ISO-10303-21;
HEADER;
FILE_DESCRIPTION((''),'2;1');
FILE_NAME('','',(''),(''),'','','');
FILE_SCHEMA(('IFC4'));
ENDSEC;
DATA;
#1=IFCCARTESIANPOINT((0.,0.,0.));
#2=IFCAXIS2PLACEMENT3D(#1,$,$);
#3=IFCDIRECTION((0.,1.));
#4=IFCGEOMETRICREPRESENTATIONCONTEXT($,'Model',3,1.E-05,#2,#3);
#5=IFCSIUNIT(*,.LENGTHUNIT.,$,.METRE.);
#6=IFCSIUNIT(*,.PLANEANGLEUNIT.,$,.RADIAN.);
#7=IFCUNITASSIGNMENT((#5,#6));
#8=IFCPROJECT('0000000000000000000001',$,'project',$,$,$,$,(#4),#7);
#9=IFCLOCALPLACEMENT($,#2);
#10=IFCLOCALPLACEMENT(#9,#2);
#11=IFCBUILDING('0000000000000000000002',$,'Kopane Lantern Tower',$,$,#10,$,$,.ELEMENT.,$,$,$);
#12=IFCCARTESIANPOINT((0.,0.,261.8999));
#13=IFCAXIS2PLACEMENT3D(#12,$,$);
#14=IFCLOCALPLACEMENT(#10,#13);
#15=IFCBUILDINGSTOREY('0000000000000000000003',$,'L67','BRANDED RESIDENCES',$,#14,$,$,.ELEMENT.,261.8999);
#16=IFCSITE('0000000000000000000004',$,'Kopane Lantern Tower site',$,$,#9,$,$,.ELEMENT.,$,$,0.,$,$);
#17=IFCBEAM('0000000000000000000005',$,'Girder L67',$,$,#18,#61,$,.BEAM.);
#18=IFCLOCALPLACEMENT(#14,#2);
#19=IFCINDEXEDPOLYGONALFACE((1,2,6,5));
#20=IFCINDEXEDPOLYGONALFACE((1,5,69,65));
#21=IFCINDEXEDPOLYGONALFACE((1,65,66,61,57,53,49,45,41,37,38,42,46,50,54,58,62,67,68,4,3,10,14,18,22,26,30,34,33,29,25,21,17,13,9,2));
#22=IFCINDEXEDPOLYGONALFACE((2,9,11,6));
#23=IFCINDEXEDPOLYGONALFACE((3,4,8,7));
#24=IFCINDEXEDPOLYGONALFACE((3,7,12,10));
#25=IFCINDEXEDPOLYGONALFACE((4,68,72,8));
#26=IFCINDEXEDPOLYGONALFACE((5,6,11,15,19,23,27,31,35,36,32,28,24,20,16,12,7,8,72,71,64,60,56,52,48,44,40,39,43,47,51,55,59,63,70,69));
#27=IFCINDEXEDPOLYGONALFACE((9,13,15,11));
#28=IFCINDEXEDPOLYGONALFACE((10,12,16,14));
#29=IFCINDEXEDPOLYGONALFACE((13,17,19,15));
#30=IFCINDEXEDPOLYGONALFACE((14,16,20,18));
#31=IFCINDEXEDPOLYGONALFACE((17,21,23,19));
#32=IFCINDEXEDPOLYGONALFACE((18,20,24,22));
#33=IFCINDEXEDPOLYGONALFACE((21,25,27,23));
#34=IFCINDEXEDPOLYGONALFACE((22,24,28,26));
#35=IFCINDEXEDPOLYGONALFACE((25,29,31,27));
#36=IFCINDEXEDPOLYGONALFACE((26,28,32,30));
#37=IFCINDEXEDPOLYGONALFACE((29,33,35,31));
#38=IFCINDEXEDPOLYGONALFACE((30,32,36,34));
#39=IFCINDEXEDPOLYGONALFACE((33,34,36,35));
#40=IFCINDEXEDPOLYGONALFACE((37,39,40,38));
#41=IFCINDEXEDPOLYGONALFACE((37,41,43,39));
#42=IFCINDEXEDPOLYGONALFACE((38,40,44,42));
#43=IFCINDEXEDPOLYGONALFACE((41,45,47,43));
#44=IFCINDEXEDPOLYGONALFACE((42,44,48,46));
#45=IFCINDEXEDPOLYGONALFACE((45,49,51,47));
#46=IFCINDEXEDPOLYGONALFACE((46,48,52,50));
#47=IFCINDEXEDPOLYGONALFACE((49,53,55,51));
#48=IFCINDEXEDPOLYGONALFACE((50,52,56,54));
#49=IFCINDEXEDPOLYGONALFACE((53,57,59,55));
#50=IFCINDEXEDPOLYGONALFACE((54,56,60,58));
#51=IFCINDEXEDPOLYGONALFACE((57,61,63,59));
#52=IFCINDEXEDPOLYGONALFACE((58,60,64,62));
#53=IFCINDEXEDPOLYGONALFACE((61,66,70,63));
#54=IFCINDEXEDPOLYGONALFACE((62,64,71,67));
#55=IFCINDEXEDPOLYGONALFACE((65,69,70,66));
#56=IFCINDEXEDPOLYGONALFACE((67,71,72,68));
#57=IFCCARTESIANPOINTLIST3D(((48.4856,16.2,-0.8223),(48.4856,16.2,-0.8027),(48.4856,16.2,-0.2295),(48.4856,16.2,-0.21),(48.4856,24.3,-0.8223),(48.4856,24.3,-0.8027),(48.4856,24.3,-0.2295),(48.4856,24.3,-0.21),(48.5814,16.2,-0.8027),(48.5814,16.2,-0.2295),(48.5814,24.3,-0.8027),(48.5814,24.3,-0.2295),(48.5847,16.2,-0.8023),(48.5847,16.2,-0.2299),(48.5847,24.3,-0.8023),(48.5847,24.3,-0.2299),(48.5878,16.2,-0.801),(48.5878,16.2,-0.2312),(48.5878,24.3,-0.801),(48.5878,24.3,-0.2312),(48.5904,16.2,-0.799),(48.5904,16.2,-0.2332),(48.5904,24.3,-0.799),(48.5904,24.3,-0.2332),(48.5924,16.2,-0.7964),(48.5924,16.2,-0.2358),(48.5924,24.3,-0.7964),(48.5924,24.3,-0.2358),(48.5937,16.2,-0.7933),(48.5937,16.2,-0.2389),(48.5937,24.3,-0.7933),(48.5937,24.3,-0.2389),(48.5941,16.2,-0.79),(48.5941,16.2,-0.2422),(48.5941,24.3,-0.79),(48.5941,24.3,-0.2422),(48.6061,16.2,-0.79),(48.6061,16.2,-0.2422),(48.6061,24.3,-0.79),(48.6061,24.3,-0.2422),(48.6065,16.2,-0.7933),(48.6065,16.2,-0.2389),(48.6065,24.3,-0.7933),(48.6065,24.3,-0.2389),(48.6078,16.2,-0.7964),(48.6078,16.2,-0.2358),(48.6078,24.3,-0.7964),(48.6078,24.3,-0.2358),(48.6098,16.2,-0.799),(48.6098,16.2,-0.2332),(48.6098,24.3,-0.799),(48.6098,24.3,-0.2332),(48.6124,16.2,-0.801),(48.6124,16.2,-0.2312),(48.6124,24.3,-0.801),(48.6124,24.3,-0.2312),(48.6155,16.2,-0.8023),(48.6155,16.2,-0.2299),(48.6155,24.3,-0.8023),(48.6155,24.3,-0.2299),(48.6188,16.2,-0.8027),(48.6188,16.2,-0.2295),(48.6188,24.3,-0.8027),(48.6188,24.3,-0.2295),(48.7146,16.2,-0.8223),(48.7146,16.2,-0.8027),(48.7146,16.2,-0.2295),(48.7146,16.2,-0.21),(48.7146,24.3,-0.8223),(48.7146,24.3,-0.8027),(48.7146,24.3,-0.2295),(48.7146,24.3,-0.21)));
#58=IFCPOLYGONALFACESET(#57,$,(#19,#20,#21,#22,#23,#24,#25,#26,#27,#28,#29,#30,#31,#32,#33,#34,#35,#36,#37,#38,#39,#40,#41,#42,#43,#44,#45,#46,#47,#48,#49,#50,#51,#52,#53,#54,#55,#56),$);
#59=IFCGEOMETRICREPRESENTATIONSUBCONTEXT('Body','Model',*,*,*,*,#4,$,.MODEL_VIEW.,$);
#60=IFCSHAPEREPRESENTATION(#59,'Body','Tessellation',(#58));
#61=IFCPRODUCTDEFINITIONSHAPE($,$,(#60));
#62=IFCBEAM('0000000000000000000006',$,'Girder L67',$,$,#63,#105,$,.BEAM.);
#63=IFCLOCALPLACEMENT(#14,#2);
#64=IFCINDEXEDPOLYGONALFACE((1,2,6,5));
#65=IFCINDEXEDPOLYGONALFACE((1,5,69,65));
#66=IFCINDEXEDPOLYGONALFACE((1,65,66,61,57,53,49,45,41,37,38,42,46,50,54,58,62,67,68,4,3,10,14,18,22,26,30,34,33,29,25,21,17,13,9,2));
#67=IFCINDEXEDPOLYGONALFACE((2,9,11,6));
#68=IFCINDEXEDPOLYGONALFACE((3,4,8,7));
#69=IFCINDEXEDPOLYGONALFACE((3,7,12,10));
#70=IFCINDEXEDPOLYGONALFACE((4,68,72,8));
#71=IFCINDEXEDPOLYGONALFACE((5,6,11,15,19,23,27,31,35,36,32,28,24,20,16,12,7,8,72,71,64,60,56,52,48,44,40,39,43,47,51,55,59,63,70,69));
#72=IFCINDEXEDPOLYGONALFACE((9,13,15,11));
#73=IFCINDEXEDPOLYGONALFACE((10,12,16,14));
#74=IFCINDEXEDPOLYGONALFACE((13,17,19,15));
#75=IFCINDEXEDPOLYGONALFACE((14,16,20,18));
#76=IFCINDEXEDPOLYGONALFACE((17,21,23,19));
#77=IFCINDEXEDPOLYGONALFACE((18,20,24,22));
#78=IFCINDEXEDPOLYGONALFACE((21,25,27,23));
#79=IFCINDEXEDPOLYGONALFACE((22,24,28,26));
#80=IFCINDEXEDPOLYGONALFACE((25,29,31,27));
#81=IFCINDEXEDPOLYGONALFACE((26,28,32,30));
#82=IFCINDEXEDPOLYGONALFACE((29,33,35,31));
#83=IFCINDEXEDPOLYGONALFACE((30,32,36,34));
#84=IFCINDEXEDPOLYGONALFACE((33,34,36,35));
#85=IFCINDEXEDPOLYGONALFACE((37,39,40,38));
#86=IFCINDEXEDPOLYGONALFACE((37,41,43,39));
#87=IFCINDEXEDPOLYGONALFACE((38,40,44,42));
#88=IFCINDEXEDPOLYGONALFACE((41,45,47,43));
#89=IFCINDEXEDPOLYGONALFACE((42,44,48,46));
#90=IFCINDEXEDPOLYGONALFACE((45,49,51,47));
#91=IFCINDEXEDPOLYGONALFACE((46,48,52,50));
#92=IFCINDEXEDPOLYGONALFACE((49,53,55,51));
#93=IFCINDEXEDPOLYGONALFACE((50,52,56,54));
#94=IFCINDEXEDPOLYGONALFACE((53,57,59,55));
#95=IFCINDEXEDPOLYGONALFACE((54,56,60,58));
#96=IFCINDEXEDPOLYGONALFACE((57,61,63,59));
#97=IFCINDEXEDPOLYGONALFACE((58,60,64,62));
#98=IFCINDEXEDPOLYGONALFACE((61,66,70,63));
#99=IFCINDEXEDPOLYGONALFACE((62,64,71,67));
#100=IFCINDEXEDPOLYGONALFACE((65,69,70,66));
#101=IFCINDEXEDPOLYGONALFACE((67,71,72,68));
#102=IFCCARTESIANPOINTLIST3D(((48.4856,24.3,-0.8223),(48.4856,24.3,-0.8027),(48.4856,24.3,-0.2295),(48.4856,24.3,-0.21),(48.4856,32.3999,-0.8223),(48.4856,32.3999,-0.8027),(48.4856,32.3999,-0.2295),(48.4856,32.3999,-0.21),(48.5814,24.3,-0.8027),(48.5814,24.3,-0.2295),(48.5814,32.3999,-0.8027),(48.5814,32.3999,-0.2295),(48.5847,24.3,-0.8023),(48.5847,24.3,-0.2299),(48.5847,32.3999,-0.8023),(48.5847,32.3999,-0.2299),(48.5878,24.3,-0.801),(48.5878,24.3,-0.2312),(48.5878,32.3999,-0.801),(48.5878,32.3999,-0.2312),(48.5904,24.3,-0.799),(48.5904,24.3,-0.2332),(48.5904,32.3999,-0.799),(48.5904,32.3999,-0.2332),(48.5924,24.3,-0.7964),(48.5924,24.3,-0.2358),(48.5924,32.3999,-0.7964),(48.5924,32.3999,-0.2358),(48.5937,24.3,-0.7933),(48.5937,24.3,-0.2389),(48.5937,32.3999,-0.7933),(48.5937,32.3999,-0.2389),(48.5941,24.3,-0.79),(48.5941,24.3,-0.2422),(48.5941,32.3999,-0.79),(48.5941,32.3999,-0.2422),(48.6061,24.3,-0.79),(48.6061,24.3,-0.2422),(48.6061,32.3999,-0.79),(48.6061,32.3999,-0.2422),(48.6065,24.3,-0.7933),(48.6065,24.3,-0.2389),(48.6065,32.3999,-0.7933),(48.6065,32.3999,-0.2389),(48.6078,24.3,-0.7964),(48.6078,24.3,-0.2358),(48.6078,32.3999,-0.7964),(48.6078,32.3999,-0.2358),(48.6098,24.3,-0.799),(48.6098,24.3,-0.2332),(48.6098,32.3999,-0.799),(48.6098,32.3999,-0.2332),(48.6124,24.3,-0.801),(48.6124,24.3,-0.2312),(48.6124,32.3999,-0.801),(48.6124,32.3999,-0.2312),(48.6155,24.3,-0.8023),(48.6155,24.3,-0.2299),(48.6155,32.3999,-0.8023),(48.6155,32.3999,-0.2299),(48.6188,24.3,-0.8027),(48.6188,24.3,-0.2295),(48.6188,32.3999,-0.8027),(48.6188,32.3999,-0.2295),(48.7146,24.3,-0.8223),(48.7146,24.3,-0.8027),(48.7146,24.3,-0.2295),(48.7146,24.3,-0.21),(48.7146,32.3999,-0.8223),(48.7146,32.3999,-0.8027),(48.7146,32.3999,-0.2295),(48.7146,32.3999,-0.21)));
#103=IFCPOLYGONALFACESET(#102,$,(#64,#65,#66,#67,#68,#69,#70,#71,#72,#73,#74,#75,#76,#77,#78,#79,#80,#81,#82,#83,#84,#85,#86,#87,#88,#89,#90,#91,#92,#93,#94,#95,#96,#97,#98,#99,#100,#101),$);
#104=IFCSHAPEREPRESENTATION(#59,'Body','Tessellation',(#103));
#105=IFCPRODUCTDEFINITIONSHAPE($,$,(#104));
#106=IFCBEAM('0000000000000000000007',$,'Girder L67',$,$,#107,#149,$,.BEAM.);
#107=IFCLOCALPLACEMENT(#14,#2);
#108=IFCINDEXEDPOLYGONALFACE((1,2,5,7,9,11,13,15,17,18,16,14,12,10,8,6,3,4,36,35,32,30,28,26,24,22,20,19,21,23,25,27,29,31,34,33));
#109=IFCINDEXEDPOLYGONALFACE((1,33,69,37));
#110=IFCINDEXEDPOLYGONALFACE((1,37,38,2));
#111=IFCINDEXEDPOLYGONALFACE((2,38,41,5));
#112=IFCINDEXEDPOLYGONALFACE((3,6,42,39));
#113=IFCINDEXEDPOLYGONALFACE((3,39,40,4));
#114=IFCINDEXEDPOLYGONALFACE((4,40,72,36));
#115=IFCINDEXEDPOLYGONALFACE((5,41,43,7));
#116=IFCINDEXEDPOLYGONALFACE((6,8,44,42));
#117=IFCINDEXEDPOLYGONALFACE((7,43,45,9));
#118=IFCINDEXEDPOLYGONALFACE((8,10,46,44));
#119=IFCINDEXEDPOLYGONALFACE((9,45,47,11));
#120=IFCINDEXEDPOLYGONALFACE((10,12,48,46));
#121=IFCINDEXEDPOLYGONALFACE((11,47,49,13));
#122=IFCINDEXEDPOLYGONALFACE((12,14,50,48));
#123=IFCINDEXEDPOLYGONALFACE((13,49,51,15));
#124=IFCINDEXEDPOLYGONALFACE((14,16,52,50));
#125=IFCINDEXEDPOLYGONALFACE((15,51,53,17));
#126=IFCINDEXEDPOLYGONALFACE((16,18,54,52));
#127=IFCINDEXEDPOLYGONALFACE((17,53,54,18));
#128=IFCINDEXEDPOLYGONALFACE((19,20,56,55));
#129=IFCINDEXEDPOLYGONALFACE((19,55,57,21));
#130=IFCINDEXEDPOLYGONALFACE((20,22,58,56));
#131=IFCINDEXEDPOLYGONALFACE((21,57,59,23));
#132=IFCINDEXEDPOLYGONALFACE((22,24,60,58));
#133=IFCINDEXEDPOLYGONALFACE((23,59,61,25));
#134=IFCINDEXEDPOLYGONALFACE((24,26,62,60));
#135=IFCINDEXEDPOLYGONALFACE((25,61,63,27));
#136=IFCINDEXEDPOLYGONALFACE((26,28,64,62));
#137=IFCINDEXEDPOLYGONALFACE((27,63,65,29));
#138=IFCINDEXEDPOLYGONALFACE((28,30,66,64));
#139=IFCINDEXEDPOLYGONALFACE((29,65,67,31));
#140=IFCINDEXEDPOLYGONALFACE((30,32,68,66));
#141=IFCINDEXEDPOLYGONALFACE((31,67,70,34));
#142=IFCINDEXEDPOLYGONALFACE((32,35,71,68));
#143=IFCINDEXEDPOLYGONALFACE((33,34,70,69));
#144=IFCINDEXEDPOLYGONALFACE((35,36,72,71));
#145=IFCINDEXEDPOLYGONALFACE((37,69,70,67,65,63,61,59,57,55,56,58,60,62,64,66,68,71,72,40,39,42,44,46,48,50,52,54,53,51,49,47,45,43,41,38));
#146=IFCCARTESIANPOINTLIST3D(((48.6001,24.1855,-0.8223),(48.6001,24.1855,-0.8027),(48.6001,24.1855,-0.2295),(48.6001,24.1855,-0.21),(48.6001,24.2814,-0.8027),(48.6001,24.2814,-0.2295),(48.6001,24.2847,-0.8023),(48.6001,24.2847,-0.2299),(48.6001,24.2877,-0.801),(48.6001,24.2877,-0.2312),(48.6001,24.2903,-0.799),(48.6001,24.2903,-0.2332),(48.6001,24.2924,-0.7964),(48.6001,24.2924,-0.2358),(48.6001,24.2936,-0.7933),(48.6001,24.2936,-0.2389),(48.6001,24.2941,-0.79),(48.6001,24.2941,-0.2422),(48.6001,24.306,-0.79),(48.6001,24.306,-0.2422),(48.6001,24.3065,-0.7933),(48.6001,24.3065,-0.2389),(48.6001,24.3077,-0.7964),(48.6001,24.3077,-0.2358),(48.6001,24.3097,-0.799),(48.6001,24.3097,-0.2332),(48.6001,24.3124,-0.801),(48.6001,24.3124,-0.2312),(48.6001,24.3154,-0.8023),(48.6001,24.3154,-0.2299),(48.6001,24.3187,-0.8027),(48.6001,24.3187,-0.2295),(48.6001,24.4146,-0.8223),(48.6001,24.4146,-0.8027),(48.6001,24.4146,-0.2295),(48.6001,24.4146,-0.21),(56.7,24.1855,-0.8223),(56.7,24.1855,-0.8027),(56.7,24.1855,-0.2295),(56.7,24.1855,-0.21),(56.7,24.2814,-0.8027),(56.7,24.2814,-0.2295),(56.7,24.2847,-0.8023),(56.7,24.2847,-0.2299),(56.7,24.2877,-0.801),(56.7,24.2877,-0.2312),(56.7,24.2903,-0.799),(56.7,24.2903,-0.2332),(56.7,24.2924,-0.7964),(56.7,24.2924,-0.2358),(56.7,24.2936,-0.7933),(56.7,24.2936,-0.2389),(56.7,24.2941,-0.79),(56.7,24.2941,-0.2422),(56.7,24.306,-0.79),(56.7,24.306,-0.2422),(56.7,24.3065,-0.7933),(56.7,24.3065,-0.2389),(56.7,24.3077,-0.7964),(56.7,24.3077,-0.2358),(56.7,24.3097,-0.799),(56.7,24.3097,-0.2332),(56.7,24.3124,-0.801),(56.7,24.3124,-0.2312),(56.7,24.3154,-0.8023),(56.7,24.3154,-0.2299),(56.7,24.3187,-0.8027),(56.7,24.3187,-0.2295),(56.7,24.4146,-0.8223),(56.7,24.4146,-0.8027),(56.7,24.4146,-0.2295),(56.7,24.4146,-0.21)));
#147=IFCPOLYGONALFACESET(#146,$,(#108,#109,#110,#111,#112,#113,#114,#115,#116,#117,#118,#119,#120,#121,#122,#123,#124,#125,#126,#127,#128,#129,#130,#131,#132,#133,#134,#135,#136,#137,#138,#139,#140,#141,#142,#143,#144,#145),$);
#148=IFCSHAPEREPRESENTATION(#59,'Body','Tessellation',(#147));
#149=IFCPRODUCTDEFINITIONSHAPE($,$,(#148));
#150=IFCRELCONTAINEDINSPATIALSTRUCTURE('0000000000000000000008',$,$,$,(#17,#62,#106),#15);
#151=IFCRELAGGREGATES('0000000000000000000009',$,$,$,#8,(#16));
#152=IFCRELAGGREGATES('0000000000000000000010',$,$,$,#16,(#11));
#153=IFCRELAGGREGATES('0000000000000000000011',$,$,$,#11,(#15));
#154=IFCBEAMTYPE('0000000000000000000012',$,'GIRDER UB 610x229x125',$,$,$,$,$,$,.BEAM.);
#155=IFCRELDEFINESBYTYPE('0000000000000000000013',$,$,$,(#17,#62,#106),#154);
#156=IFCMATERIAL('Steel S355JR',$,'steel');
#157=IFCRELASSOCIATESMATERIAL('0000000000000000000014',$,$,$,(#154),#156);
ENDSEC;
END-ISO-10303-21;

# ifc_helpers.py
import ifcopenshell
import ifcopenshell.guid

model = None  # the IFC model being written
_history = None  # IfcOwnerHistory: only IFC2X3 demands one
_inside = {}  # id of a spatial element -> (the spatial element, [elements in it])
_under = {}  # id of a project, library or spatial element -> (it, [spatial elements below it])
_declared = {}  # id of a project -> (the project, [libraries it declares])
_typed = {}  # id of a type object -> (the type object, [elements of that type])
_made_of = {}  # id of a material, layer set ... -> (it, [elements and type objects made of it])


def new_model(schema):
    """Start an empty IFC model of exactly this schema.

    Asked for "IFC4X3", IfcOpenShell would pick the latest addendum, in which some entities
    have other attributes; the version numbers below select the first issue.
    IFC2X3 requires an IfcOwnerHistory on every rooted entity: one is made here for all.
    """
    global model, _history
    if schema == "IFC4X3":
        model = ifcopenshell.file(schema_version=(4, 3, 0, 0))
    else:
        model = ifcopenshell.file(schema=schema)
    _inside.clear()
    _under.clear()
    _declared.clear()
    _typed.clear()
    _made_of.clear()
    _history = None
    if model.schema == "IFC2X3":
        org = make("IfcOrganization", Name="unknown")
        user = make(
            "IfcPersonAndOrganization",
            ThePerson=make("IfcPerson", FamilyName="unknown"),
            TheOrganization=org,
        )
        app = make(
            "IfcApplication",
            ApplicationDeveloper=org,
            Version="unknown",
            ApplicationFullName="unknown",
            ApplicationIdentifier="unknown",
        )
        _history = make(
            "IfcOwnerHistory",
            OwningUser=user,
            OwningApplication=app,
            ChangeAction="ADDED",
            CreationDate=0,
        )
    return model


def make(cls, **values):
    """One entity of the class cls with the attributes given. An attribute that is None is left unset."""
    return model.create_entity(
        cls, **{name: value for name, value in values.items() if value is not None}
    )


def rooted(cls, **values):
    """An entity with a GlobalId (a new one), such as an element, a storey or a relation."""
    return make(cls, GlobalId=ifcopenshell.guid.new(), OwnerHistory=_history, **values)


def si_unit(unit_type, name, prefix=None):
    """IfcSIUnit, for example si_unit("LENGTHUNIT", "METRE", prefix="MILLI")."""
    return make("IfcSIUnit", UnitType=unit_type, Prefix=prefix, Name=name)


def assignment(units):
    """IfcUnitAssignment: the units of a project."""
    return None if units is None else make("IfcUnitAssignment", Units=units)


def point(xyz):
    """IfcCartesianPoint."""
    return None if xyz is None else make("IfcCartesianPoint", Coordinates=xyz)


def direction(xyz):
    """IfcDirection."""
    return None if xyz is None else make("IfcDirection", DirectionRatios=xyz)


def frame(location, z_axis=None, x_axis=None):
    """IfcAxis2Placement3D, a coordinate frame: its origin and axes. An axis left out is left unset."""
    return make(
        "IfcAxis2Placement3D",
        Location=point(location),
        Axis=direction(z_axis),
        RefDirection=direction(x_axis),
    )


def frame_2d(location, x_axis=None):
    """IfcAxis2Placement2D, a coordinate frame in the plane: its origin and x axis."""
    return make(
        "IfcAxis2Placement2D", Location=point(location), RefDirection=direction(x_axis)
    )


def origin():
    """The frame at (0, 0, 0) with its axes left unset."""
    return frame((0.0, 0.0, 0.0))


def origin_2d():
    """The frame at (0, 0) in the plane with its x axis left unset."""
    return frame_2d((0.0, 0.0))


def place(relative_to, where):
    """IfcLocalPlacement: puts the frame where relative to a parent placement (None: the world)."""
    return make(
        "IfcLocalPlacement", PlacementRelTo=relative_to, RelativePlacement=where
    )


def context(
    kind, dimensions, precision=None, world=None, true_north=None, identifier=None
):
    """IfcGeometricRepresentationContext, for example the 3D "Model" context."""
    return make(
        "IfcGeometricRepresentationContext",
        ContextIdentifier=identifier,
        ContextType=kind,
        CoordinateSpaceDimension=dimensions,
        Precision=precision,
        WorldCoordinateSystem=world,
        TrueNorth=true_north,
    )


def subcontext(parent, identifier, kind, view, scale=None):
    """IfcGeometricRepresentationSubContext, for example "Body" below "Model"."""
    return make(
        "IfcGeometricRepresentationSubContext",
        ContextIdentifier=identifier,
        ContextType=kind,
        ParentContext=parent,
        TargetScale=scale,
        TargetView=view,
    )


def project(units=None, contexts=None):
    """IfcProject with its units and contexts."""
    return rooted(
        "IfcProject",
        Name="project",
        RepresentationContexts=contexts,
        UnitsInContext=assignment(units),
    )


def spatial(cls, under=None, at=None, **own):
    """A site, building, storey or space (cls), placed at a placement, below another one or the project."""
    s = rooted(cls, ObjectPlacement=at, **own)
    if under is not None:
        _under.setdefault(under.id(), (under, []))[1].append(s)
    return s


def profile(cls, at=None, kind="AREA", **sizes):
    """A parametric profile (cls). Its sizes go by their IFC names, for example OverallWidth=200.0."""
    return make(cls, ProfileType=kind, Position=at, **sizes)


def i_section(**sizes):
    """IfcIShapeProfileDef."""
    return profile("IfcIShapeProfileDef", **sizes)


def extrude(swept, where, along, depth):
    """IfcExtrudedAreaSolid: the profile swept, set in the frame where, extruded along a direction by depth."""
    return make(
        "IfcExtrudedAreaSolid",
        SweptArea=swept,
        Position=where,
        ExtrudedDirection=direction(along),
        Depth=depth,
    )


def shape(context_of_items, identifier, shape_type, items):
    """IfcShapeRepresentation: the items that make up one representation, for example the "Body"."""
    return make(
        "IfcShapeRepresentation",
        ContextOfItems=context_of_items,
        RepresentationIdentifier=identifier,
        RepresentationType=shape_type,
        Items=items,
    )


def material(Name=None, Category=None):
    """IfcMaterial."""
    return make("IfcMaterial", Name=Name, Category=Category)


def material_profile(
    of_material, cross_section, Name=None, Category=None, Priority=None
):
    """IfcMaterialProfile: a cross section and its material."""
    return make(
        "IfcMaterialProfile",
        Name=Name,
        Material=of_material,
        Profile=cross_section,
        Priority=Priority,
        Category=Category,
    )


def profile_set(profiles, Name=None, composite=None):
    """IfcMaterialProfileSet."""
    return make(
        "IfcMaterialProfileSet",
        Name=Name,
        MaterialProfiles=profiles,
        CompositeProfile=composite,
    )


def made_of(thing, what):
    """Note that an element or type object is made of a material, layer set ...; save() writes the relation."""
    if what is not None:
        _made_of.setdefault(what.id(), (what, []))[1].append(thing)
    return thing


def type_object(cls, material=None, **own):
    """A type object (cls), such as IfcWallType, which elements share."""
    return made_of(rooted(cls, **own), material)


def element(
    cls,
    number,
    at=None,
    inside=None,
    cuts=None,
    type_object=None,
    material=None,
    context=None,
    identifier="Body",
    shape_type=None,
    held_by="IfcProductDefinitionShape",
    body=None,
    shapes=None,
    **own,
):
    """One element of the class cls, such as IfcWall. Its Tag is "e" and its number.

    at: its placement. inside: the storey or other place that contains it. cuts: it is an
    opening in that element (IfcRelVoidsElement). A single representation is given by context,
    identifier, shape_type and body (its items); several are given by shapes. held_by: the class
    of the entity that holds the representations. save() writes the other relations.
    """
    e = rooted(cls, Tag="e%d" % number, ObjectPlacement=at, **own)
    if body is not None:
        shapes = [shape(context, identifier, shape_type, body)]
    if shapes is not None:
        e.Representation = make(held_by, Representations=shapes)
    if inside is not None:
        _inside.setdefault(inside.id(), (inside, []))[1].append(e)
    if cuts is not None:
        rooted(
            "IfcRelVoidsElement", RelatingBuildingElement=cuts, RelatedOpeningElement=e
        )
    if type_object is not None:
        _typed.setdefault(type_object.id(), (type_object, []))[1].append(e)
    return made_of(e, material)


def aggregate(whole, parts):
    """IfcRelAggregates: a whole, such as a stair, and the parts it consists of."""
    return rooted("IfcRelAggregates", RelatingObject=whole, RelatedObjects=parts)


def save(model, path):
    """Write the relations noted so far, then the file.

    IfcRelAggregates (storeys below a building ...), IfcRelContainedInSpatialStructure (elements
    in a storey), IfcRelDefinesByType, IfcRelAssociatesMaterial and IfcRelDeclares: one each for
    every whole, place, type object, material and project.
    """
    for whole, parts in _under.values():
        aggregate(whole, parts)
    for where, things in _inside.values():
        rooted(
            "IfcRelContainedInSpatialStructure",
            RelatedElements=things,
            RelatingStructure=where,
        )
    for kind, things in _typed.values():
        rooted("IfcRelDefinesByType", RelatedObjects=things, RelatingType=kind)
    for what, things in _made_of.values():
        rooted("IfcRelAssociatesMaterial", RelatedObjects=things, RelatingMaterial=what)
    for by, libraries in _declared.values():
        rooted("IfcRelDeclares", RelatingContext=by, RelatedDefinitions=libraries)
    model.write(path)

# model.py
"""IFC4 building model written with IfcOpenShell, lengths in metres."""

from ifc_helpers import new_model, si_unit, direction, frame, origin, origin_2d, place, context, subcontext, project, spatial, i_section, extrude, material, material_profile, profile_set, type_object, element, save


model = new_model("IFC4")

# Units and contexts
model_context = context("Model", 3, precision=1e-05, world=origin(), true_north=direction((0.0, 1.0)))
body_context = subcontext(model_context, "Body", "Model", "MODEL_VIEW")
ifc_project = project(units=[si_unit("LENGTHUNIT", "METRE"), si_unit("PLANEANGLEUNIT", "RADIAN")], contexts=[model_context])

# Site, building, storey
site_placement = place(None, origin())
site = spatial("IfcSite", under=ifc_project, at=site_placement, Name="Kopane Lantern Tower site", CompositionType="ELEMENT", RefElevation=0.0)
building_placement = place(site_placement, origin())
building = spatial("IfcBuilding", under=site, at=building_placement, Name="Kopane Lantern Tower", CompositionType="ELEMENT")
storey_placement = place(building_placement, frame((0.0, 0.0, 261.8999)))
storey = spatial("IfcBuildingStorey", under=building, at=storey_placement, Name="L67", Description="BRANDED RESIDENCES", CompositionType="ELEMENT", Elevation=261.8999)

# Beams
ifc_material_1 = material(Name="Steel S355JR", Category="steel")
ifc_material_profile_1 = material_profile(ifc_material_1, i_section(OverallWidth=0.229, OverallDepth=0.6123, WebThickness=0.012, FlangeThickness=0.0195, FilletRadius=0.0127, at=origin_2d()), Name="UB 610x229x125")
ifc_profile_set_1 = profile_set([ifc_material_profile_1], Name="Steel S355JR")
beam_type_1 = type_object("IfcBeamType", Name="GIRDER UB 610x229x125", PredefinedType="BEAM", material=ifc_profile_set_1)
for number, where, z_axis, x_axis, name in (
    (1, (48.6001, 16.2, -0.5161), (0.0, 1.0, 0.0), (-1.0, 0.0, 0.0), "Girder L67"),
):
    element("IfcBeam", number, at=place(storey_placement, frame(where, z_axis=z_axis, x_axis=x_axis)), inside=storey, type_object=beam_type_1, Name=name, PredefinedType="BEAM", context=body_context, shape_type="SweptSolid", body=[
        extrude(i_section(OverallWidth=0.229, OverallDepth=0.6123, WebThickness=0.012, FlangeThickness=0.0195, FilletRadius=0.0127, at=origin_2d()), origin(), (0.0, 0.0, 1.0), 8.1001),
    ])
for number, where, z_axis, x_axis, name in (
    (2, (48.6001, 24.3, -0.5161), (0.0, 1.0, 0.0), (-1.0, 0.0, 0.0), "Girder L67"),
    (3, (48.6001, 24.3, -0.5161), (1.0, 0.0, 0.0), (0.0, 1.0, 0.0), "Girder L67"),
):
    element("IfcBeam", number, at=place(storey_placement, frame(where, z_axis=z_axis, x_axis=x_axis)), inside=storey, type_object=beam_type_1, Name=name, PredefinedType="BEAM", context=body_context, shape_type="SweptSolid", body=[
        extrude(i_section(OverallWidth=0.229, OverallDepth=0.6123, WebThickness=0.012, FlangeThickness=0.0195, FilletRadius=0.0127, at=origin_2d()), origin(), (0.0, 0.0, 1.0), 8.0999),
    ])

save(model, "model.ifc")
